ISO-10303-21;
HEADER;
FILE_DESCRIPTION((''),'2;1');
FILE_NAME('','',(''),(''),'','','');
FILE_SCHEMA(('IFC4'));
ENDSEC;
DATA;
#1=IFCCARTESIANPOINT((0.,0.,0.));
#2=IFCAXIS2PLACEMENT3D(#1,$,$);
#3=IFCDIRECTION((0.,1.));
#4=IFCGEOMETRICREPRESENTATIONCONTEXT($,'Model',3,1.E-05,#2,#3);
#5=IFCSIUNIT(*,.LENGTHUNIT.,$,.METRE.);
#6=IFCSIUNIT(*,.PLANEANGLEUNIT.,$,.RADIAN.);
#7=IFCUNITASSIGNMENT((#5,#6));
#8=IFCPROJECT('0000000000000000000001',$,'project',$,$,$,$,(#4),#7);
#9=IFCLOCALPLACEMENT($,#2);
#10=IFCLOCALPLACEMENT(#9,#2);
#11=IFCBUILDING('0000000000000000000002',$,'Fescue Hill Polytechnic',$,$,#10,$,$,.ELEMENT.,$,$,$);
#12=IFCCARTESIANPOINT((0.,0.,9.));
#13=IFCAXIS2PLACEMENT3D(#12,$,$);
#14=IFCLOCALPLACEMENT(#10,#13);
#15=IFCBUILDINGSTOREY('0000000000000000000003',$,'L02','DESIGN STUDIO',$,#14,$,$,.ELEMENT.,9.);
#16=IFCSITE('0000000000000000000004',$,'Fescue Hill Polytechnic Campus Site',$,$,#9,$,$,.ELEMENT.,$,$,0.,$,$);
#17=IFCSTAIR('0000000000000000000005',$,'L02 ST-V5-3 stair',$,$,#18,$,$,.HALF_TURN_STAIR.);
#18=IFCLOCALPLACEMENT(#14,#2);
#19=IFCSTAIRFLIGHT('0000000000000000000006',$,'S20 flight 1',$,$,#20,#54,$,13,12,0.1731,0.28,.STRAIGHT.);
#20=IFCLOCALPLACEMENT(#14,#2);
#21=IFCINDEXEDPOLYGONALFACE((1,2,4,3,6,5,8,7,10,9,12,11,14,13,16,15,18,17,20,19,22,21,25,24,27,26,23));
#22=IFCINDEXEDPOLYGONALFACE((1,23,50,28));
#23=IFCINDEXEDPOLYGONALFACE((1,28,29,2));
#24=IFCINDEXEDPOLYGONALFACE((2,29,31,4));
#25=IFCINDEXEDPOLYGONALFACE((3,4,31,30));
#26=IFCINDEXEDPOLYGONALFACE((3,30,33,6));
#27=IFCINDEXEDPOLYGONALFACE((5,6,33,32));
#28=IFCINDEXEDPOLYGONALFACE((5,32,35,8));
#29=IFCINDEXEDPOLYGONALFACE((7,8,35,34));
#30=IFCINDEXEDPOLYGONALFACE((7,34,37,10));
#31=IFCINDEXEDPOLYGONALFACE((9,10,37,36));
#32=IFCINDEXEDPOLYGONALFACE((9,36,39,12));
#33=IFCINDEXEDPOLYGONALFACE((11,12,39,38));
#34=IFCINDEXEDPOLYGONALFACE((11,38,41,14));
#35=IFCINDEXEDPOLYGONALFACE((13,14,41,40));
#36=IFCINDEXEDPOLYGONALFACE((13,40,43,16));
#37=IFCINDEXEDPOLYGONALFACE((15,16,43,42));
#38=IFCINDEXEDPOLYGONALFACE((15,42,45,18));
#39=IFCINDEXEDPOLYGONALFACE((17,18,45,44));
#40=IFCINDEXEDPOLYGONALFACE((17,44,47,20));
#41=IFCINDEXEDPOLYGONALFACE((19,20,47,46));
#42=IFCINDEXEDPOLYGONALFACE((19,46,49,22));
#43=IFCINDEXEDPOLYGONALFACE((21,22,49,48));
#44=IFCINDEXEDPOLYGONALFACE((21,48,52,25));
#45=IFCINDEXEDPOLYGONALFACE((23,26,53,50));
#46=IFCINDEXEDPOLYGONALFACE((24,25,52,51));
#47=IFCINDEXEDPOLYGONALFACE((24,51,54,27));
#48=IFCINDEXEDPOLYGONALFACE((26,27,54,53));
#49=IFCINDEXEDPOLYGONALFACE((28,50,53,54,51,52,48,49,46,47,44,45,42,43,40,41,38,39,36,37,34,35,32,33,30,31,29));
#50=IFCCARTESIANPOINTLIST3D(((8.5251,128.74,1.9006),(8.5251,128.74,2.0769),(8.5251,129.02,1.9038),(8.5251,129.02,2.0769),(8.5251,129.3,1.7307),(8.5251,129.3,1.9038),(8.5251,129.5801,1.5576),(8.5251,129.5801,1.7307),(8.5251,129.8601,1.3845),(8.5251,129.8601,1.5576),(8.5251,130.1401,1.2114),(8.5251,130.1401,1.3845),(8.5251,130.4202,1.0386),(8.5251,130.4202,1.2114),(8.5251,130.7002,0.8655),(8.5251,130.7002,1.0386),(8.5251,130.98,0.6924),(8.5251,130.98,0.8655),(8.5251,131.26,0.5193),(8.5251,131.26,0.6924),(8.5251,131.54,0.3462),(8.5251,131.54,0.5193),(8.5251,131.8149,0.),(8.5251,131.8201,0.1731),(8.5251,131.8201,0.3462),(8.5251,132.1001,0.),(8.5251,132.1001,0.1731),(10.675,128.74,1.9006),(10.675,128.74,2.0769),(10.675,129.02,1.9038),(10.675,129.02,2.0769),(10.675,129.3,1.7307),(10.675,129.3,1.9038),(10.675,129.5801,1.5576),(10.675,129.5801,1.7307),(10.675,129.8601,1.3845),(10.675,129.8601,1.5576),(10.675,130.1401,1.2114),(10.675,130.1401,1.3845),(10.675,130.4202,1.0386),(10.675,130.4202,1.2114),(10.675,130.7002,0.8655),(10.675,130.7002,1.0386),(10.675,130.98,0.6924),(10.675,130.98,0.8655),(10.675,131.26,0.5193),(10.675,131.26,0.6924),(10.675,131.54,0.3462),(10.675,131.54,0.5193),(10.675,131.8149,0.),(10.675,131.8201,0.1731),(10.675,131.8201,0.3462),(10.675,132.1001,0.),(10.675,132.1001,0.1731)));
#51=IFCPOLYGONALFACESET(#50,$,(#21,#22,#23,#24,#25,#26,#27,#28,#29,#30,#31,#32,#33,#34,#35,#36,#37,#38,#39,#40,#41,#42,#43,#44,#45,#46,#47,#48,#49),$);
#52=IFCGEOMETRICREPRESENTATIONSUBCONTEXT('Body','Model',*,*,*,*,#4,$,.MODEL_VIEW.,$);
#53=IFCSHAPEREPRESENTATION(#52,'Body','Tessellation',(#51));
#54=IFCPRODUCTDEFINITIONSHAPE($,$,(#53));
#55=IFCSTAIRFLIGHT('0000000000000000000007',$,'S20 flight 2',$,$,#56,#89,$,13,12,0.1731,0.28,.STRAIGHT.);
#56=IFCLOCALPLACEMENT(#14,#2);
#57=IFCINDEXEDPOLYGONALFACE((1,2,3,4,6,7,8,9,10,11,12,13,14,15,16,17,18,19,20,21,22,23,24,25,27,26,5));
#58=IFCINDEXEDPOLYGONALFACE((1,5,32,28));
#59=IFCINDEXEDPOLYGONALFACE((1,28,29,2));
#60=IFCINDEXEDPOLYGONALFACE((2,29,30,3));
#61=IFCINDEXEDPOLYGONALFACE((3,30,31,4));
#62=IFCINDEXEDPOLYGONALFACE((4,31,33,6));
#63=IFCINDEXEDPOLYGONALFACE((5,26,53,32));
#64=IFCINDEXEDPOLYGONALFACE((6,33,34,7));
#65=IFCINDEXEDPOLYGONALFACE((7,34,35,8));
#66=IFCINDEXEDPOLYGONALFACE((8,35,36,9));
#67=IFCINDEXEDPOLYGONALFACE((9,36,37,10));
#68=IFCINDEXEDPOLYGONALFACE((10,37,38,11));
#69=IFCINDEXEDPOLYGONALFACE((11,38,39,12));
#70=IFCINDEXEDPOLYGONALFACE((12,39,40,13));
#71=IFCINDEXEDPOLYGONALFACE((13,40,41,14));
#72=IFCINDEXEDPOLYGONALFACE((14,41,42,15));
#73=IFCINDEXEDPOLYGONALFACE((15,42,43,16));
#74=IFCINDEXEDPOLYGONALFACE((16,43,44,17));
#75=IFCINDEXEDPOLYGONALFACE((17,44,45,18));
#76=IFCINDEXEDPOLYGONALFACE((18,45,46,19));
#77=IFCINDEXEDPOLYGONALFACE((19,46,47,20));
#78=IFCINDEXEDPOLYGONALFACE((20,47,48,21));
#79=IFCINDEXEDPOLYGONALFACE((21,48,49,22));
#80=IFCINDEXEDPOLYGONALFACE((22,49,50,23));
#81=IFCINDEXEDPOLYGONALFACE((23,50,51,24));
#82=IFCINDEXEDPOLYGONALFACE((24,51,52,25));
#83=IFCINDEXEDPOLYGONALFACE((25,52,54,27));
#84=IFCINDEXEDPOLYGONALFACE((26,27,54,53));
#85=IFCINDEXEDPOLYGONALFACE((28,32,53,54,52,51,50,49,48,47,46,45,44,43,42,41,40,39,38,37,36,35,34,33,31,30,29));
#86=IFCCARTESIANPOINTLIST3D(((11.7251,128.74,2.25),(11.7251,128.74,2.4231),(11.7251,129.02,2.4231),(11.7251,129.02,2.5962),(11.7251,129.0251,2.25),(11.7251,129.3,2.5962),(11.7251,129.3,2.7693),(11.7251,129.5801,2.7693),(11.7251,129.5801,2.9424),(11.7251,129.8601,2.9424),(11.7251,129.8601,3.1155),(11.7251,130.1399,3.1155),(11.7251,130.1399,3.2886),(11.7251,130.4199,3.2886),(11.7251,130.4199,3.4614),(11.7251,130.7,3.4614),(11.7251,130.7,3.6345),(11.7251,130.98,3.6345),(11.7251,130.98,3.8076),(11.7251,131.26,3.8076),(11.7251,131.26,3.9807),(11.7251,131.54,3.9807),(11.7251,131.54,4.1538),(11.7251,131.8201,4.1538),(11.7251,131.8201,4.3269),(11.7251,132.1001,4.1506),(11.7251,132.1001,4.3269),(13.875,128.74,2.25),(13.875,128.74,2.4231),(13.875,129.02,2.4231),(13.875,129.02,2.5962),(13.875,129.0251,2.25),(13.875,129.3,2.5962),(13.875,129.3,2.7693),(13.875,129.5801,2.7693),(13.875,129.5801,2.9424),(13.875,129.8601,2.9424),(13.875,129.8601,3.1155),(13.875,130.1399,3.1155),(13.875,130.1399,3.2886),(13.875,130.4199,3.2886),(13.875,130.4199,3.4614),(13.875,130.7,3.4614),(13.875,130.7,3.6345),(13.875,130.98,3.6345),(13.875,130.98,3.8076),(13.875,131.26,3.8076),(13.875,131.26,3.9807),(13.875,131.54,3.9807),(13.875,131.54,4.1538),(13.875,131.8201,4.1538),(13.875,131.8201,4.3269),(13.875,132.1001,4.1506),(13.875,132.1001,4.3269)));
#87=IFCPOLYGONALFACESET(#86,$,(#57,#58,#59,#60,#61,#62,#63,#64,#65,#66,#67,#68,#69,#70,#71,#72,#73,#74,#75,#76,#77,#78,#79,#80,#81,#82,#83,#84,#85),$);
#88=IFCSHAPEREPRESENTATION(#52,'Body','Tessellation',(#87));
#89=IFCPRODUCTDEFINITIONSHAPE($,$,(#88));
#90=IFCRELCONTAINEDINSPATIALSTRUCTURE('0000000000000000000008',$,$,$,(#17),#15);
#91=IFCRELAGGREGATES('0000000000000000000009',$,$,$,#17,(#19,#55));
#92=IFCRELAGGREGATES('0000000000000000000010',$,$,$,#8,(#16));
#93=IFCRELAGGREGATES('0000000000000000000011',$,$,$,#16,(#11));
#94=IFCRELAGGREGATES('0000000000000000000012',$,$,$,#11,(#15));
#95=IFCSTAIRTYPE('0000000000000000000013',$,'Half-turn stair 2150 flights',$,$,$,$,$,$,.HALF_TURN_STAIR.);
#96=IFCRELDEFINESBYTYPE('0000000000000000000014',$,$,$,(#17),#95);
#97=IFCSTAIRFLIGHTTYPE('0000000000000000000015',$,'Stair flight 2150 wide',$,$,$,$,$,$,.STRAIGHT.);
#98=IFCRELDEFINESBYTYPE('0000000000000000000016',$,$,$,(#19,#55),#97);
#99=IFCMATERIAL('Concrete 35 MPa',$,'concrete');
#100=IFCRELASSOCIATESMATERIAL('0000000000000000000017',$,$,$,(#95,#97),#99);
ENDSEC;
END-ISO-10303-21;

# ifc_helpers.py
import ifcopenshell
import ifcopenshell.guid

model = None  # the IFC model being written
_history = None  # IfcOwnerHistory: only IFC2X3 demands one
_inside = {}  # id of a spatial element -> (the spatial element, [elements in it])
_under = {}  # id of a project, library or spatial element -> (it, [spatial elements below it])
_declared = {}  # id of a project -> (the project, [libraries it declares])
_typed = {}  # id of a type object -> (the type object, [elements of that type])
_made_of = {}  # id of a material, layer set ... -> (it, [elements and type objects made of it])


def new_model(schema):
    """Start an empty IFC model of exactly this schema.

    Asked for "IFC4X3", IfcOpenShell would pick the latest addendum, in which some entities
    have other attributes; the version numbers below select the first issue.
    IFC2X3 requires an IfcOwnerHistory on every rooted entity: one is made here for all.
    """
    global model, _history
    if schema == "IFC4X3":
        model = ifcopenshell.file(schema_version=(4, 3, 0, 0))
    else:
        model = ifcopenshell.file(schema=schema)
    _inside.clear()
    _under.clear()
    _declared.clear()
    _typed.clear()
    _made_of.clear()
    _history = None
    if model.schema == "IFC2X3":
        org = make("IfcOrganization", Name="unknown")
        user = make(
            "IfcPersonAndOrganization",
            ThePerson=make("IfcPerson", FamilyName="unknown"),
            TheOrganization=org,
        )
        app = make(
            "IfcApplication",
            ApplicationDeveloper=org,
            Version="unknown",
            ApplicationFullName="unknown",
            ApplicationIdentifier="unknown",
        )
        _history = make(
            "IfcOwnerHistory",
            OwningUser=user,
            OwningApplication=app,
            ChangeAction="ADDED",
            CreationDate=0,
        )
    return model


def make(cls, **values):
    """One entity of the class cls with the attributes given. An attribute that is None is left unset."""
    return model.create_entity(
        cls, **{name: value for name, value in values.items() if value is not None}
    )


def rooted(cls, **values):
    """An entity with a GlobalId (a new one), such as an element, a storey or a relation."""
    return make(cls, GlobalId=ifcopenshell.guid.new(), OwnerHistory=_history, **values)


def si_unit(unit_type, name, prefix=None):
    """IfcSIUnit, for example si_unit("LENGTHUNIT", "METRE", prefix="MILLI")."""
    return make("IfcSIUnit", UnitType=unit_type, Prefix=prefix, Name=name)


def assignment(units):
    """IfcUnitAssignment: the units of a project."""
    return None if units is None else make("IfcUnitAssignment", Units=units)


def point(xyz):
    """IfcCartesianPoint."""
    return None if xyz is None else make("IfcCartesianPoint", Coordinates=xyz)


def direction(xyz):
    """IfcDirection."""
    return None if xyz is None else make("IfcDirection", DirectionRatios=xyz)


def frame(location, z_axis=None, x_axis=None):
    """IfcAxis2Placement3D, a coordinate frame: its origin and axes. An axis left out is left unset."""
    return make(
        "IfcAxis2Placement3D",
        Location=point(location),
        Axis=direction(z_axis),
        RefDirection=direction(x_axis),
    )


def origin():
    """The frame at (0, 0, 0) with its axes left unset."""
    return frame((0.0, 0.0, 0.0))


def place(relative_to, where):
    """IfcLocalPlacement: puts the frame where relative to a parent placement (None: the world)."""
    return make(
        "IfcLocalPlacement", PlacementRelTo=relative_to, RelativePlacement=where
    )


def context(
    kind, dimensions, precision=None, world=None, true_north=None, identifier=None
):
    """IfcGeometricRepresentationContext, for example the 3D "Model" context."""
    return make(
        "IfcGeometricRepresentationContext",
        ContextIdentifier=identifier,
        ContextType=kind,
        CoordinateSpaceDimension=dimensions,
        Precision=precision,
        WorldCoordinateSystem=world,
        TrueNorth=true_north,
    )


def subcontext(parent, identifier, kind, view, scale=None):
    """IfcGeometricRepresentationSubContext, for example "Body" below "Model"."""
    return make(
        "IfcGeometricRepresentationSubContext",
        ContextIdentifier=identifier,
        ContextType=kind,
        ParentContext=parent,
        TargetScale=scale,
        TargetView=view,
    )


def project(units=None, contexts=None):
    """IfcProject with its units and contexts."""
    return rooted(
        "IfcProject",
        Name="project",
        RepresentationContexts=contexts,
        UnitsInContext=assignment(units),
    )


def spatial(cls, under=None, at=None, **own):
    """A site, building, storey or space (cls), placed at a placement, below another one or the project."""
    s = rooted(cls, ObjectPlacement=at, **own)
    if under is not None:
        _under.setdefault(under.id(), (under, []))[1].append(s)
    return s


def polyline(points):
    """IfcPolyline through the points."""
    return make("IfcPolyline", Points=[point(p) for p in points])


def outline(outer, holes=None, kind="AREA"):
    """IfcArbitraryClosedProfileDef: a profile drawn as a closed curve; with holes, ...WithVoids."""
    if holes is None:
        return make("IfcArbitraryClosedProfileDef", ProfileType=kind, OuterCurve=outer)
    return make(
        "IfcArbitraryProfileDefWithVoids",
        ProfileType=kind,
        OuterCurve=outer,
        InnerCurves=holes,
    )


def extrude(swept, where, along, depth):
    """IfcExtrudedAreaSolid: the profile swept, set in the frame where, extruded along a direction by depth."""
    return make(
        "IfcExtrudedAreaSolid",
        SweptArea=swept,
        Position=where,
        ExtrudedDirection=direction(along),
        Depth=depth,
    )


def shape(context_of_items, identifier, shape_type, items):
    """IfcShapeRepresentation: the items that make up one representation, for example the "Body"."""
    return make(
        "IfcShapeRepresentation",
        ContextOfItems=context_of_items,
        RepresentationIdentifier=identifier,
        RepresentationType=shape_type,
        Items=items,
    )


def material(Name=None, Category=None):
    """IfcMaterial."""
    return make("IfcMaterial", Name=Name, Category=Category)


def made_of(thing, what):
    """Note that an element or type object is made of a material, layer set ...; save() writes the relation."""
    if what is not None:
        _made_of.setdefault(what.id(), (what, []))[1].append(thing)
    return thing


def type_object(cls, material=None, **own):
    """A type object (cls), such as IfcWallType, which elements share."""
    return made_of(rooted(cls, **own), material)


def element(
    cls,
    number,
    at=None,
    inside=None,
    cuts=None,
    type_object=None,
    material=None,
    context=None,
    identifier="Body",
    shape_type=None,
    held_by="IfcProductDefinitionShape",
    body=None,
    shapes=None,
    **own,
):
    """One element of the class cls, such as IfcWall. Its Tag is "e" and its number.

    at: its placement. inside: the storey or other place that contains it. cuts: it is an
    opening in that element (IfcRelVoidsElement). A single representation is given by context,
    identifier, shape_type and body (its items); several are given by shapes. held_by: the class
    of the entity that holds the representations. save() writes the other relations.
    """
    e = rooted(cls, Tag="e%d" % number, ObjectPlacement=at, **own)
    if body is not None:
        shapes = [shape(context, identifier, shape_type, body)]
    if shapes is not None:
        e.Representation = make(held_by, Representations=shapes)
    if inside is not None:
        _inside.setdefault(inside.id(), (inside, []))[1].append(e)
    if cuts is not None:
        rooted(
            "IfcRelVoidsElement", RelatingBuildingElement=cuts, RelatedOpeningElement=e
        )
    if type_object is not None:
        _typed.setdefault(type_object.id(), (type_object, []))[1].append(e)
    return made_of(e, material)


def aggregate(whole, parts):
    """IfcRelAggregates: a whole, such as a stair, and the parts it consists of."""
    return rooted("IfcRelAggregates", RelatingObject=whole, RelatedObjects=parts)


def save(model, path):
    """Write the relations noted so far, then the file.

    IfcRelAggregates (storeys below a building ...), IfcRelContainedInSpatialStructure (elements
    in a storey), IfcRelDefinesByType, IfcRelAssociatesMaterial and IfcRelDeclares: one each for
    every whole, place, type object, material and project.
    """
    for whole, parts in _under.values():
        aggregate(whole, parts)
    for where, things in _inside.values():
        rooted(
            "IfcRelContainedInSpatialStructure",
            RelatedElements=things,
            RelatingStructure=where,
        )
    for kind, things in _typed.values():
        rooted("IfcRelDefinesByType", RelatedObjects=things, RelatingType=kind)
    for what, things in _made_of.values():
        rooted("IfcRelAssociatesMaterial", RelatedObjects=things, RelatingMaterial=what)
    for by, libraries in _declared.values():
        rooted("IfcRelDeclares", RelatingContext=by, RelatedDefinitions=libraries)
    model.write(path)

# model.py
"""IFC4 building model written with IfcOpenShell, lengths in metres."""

from ifc_helpers import new_model, si_unit, direction, frame, origin, place, context, subcontext, project, spatial, polyline, outline, extrude, material, type_object, element, aggregate, save


model = new_model("IFC4")

# Units and contexts
model_context = context("Model", 3, precision=1e-05, world=origin(), true_north=direction((0.0, 1.0)))
body_context = subcontext(model_context, "Body", "Model", "MODEL_VIEW")
ifc_project = project(units=[si_unit("LENGTHUNIT", "METRE"), si_unit("PLANEANGLEUNIT", "RADIAN")], contexts=[model_context])

# Site, building, storey
site_placement = place(None, origin())
site = spatial("IfcSite", under=ifc_project, at=site_placement, Name="Fescue Hill Polytechnic Campus Site", CompositionType="ELEMENT", RefElevation=0.0)
building_placement = place(site_placement, origin())
building = spatial("IfcBuilding", under=site, at=building_placement, Name="Fescue Hill Polytechnic", CompositionType="ELEMENT")
storey_placement = place(building_placement, frame((0.0, 0.0, 9.0)))
storey = spatial("IfcBuildingStorey", under=building, at=storey_placement, Name="L02", Description="DESIGN STUDIO", CompositionType="ELEMENT", Elevation=9.0)

# Stair, stair flights
ifc_material_1 = material(Name="Concrete 35 MPa", Category="concrete")
stair_type = type_object("IfcStairType", Name="Half-turn stair 2150 flights", PredefinedType="HALF_TURN_STAIR", material=ifc_material_1)
stair_placement = place(storey_placement, origin())
stair = element("IfcStair", 1, at=stair_placement, inside=storey, type_object=stair_type, Name="L02 ST-V5-3 stair", PredefinedType="HALF_TURN_STAIR")
stair_flight_type = type_object("IfcStairFlightType", Name="Stair flight 2150 wide", PredefinedType="STRAIGHT", material=ifc_material_1)
stair_flight_1_placement = place(storey_placement, frame((9.6001, 132.1001, 0.0), z_axis=(0.0, 0.0, 1.0), x_axis=(0.0, -1.0, 0.0)))
stair_flight_1 = element("IfcStairFlight", 2, at=stair_flight_1_placement, type_object=stair_flight_type, Name="S20 flight 1", NumberOfRisers=13, NumberOfTreads=12, PredefinedType="STRAIGHT", RiserHeight=0.1731, TreadLength=0.28, context=body_context, shape_type="SweptSolid", body=[
    extrude(outline(polyline([(0.0, 0.0), (0.0, 0.1731), (0.28, 0.1731), (0.28, 0.3462), (0.5601, 0.3462), (0.5601, 0.5193), (0.8401, 0.5193), (0.8401, 0.6924), (1.1201, 0.6924), (1.1201, 0.8655), (1.3999, 0.8655), (1.3999, 1.0386), (1.6799, 1.0386), (1.6799, 1.2114), (1.96, 1.2114), (1.96, 1.3845), (2.24, 1.3845), (2.24, 1.5576), (2.52, 1.5576), (2.52, 1.7307), (2.8, 1.7307), (2.8, 1.9038), (3.0801, 1.9038), (3.0801, 2.0769), (3.3601, 2.0769), (3.3601, 2.25), (3.3601, 1.9006), (0.2852, 0.0), (0.0, 0.0)])), frame((0.0, 1.075, 0.0), z_axis=(0.0, -1.0, 0.0), x_axis=(1.0, 0.0, 0.0)), (0.0, 0.0, 1.0), 2.1499),
])
stair_flight_2_placement = place(storey_placement, frame((12.8, 128.74, 2.25), z_axis=(0.0, 0.0, 1.0), x_axis=(0.0, 1.0, 0.0)))
stair_flight_2 = element("IfcStairFlight", 3, at=stair_flight_2_placement, type_object=stair_flight_type, Name="S20 flight 2", NumberOfRisers=13, NumberOfTreads=12, PredefinedType="STRAIGHT", RiserHeight=0.1731, TreadLength=0.28, context=body_context, shape_type="SweptSolid", body=[
    extrude(outline(polyline([(0.0, 0.0), (0.0, 0.1731), (0.28, 0.1731), (0.28, 0.3462), (0.5601, 0.3462), (0.5601, 0.5193), (0.8401, 0.5193), (0.8401, 0.6924), (1.1201, 0.6924), (1.1201, 0.8655), (1.3999, 0.8655), (1.3999, 1.0386), (1.6799, 1.0386), (1.6799, 1.2114), (1.96, 1.2114), (1.96, 1.3845), (2.24, 1.3845), (2.24, 1.5576), (2.52, 1.5576), (2.52, 1.7307), (2.8, 1.7307), (2.8, 1.9038), (3.0801, 1.9038), (3.0801, 2.0769), (3.3601, 2.0769), (3.3601, 2.25), (3.3601, 1.9006), (0.2852, 0.0), (0.0, 0.0)])), frame((0.0, 1.075, 0.0), z_axis=(0.0, -1.0, 0.0), x_axis=(1.0, 0.0, 0.0)), (0.0, 0.0, 1.0), 2.1499),
])
aggregate(stair, [stair_flight_1, stair_flight_2])

save(model, "model.ifc")
